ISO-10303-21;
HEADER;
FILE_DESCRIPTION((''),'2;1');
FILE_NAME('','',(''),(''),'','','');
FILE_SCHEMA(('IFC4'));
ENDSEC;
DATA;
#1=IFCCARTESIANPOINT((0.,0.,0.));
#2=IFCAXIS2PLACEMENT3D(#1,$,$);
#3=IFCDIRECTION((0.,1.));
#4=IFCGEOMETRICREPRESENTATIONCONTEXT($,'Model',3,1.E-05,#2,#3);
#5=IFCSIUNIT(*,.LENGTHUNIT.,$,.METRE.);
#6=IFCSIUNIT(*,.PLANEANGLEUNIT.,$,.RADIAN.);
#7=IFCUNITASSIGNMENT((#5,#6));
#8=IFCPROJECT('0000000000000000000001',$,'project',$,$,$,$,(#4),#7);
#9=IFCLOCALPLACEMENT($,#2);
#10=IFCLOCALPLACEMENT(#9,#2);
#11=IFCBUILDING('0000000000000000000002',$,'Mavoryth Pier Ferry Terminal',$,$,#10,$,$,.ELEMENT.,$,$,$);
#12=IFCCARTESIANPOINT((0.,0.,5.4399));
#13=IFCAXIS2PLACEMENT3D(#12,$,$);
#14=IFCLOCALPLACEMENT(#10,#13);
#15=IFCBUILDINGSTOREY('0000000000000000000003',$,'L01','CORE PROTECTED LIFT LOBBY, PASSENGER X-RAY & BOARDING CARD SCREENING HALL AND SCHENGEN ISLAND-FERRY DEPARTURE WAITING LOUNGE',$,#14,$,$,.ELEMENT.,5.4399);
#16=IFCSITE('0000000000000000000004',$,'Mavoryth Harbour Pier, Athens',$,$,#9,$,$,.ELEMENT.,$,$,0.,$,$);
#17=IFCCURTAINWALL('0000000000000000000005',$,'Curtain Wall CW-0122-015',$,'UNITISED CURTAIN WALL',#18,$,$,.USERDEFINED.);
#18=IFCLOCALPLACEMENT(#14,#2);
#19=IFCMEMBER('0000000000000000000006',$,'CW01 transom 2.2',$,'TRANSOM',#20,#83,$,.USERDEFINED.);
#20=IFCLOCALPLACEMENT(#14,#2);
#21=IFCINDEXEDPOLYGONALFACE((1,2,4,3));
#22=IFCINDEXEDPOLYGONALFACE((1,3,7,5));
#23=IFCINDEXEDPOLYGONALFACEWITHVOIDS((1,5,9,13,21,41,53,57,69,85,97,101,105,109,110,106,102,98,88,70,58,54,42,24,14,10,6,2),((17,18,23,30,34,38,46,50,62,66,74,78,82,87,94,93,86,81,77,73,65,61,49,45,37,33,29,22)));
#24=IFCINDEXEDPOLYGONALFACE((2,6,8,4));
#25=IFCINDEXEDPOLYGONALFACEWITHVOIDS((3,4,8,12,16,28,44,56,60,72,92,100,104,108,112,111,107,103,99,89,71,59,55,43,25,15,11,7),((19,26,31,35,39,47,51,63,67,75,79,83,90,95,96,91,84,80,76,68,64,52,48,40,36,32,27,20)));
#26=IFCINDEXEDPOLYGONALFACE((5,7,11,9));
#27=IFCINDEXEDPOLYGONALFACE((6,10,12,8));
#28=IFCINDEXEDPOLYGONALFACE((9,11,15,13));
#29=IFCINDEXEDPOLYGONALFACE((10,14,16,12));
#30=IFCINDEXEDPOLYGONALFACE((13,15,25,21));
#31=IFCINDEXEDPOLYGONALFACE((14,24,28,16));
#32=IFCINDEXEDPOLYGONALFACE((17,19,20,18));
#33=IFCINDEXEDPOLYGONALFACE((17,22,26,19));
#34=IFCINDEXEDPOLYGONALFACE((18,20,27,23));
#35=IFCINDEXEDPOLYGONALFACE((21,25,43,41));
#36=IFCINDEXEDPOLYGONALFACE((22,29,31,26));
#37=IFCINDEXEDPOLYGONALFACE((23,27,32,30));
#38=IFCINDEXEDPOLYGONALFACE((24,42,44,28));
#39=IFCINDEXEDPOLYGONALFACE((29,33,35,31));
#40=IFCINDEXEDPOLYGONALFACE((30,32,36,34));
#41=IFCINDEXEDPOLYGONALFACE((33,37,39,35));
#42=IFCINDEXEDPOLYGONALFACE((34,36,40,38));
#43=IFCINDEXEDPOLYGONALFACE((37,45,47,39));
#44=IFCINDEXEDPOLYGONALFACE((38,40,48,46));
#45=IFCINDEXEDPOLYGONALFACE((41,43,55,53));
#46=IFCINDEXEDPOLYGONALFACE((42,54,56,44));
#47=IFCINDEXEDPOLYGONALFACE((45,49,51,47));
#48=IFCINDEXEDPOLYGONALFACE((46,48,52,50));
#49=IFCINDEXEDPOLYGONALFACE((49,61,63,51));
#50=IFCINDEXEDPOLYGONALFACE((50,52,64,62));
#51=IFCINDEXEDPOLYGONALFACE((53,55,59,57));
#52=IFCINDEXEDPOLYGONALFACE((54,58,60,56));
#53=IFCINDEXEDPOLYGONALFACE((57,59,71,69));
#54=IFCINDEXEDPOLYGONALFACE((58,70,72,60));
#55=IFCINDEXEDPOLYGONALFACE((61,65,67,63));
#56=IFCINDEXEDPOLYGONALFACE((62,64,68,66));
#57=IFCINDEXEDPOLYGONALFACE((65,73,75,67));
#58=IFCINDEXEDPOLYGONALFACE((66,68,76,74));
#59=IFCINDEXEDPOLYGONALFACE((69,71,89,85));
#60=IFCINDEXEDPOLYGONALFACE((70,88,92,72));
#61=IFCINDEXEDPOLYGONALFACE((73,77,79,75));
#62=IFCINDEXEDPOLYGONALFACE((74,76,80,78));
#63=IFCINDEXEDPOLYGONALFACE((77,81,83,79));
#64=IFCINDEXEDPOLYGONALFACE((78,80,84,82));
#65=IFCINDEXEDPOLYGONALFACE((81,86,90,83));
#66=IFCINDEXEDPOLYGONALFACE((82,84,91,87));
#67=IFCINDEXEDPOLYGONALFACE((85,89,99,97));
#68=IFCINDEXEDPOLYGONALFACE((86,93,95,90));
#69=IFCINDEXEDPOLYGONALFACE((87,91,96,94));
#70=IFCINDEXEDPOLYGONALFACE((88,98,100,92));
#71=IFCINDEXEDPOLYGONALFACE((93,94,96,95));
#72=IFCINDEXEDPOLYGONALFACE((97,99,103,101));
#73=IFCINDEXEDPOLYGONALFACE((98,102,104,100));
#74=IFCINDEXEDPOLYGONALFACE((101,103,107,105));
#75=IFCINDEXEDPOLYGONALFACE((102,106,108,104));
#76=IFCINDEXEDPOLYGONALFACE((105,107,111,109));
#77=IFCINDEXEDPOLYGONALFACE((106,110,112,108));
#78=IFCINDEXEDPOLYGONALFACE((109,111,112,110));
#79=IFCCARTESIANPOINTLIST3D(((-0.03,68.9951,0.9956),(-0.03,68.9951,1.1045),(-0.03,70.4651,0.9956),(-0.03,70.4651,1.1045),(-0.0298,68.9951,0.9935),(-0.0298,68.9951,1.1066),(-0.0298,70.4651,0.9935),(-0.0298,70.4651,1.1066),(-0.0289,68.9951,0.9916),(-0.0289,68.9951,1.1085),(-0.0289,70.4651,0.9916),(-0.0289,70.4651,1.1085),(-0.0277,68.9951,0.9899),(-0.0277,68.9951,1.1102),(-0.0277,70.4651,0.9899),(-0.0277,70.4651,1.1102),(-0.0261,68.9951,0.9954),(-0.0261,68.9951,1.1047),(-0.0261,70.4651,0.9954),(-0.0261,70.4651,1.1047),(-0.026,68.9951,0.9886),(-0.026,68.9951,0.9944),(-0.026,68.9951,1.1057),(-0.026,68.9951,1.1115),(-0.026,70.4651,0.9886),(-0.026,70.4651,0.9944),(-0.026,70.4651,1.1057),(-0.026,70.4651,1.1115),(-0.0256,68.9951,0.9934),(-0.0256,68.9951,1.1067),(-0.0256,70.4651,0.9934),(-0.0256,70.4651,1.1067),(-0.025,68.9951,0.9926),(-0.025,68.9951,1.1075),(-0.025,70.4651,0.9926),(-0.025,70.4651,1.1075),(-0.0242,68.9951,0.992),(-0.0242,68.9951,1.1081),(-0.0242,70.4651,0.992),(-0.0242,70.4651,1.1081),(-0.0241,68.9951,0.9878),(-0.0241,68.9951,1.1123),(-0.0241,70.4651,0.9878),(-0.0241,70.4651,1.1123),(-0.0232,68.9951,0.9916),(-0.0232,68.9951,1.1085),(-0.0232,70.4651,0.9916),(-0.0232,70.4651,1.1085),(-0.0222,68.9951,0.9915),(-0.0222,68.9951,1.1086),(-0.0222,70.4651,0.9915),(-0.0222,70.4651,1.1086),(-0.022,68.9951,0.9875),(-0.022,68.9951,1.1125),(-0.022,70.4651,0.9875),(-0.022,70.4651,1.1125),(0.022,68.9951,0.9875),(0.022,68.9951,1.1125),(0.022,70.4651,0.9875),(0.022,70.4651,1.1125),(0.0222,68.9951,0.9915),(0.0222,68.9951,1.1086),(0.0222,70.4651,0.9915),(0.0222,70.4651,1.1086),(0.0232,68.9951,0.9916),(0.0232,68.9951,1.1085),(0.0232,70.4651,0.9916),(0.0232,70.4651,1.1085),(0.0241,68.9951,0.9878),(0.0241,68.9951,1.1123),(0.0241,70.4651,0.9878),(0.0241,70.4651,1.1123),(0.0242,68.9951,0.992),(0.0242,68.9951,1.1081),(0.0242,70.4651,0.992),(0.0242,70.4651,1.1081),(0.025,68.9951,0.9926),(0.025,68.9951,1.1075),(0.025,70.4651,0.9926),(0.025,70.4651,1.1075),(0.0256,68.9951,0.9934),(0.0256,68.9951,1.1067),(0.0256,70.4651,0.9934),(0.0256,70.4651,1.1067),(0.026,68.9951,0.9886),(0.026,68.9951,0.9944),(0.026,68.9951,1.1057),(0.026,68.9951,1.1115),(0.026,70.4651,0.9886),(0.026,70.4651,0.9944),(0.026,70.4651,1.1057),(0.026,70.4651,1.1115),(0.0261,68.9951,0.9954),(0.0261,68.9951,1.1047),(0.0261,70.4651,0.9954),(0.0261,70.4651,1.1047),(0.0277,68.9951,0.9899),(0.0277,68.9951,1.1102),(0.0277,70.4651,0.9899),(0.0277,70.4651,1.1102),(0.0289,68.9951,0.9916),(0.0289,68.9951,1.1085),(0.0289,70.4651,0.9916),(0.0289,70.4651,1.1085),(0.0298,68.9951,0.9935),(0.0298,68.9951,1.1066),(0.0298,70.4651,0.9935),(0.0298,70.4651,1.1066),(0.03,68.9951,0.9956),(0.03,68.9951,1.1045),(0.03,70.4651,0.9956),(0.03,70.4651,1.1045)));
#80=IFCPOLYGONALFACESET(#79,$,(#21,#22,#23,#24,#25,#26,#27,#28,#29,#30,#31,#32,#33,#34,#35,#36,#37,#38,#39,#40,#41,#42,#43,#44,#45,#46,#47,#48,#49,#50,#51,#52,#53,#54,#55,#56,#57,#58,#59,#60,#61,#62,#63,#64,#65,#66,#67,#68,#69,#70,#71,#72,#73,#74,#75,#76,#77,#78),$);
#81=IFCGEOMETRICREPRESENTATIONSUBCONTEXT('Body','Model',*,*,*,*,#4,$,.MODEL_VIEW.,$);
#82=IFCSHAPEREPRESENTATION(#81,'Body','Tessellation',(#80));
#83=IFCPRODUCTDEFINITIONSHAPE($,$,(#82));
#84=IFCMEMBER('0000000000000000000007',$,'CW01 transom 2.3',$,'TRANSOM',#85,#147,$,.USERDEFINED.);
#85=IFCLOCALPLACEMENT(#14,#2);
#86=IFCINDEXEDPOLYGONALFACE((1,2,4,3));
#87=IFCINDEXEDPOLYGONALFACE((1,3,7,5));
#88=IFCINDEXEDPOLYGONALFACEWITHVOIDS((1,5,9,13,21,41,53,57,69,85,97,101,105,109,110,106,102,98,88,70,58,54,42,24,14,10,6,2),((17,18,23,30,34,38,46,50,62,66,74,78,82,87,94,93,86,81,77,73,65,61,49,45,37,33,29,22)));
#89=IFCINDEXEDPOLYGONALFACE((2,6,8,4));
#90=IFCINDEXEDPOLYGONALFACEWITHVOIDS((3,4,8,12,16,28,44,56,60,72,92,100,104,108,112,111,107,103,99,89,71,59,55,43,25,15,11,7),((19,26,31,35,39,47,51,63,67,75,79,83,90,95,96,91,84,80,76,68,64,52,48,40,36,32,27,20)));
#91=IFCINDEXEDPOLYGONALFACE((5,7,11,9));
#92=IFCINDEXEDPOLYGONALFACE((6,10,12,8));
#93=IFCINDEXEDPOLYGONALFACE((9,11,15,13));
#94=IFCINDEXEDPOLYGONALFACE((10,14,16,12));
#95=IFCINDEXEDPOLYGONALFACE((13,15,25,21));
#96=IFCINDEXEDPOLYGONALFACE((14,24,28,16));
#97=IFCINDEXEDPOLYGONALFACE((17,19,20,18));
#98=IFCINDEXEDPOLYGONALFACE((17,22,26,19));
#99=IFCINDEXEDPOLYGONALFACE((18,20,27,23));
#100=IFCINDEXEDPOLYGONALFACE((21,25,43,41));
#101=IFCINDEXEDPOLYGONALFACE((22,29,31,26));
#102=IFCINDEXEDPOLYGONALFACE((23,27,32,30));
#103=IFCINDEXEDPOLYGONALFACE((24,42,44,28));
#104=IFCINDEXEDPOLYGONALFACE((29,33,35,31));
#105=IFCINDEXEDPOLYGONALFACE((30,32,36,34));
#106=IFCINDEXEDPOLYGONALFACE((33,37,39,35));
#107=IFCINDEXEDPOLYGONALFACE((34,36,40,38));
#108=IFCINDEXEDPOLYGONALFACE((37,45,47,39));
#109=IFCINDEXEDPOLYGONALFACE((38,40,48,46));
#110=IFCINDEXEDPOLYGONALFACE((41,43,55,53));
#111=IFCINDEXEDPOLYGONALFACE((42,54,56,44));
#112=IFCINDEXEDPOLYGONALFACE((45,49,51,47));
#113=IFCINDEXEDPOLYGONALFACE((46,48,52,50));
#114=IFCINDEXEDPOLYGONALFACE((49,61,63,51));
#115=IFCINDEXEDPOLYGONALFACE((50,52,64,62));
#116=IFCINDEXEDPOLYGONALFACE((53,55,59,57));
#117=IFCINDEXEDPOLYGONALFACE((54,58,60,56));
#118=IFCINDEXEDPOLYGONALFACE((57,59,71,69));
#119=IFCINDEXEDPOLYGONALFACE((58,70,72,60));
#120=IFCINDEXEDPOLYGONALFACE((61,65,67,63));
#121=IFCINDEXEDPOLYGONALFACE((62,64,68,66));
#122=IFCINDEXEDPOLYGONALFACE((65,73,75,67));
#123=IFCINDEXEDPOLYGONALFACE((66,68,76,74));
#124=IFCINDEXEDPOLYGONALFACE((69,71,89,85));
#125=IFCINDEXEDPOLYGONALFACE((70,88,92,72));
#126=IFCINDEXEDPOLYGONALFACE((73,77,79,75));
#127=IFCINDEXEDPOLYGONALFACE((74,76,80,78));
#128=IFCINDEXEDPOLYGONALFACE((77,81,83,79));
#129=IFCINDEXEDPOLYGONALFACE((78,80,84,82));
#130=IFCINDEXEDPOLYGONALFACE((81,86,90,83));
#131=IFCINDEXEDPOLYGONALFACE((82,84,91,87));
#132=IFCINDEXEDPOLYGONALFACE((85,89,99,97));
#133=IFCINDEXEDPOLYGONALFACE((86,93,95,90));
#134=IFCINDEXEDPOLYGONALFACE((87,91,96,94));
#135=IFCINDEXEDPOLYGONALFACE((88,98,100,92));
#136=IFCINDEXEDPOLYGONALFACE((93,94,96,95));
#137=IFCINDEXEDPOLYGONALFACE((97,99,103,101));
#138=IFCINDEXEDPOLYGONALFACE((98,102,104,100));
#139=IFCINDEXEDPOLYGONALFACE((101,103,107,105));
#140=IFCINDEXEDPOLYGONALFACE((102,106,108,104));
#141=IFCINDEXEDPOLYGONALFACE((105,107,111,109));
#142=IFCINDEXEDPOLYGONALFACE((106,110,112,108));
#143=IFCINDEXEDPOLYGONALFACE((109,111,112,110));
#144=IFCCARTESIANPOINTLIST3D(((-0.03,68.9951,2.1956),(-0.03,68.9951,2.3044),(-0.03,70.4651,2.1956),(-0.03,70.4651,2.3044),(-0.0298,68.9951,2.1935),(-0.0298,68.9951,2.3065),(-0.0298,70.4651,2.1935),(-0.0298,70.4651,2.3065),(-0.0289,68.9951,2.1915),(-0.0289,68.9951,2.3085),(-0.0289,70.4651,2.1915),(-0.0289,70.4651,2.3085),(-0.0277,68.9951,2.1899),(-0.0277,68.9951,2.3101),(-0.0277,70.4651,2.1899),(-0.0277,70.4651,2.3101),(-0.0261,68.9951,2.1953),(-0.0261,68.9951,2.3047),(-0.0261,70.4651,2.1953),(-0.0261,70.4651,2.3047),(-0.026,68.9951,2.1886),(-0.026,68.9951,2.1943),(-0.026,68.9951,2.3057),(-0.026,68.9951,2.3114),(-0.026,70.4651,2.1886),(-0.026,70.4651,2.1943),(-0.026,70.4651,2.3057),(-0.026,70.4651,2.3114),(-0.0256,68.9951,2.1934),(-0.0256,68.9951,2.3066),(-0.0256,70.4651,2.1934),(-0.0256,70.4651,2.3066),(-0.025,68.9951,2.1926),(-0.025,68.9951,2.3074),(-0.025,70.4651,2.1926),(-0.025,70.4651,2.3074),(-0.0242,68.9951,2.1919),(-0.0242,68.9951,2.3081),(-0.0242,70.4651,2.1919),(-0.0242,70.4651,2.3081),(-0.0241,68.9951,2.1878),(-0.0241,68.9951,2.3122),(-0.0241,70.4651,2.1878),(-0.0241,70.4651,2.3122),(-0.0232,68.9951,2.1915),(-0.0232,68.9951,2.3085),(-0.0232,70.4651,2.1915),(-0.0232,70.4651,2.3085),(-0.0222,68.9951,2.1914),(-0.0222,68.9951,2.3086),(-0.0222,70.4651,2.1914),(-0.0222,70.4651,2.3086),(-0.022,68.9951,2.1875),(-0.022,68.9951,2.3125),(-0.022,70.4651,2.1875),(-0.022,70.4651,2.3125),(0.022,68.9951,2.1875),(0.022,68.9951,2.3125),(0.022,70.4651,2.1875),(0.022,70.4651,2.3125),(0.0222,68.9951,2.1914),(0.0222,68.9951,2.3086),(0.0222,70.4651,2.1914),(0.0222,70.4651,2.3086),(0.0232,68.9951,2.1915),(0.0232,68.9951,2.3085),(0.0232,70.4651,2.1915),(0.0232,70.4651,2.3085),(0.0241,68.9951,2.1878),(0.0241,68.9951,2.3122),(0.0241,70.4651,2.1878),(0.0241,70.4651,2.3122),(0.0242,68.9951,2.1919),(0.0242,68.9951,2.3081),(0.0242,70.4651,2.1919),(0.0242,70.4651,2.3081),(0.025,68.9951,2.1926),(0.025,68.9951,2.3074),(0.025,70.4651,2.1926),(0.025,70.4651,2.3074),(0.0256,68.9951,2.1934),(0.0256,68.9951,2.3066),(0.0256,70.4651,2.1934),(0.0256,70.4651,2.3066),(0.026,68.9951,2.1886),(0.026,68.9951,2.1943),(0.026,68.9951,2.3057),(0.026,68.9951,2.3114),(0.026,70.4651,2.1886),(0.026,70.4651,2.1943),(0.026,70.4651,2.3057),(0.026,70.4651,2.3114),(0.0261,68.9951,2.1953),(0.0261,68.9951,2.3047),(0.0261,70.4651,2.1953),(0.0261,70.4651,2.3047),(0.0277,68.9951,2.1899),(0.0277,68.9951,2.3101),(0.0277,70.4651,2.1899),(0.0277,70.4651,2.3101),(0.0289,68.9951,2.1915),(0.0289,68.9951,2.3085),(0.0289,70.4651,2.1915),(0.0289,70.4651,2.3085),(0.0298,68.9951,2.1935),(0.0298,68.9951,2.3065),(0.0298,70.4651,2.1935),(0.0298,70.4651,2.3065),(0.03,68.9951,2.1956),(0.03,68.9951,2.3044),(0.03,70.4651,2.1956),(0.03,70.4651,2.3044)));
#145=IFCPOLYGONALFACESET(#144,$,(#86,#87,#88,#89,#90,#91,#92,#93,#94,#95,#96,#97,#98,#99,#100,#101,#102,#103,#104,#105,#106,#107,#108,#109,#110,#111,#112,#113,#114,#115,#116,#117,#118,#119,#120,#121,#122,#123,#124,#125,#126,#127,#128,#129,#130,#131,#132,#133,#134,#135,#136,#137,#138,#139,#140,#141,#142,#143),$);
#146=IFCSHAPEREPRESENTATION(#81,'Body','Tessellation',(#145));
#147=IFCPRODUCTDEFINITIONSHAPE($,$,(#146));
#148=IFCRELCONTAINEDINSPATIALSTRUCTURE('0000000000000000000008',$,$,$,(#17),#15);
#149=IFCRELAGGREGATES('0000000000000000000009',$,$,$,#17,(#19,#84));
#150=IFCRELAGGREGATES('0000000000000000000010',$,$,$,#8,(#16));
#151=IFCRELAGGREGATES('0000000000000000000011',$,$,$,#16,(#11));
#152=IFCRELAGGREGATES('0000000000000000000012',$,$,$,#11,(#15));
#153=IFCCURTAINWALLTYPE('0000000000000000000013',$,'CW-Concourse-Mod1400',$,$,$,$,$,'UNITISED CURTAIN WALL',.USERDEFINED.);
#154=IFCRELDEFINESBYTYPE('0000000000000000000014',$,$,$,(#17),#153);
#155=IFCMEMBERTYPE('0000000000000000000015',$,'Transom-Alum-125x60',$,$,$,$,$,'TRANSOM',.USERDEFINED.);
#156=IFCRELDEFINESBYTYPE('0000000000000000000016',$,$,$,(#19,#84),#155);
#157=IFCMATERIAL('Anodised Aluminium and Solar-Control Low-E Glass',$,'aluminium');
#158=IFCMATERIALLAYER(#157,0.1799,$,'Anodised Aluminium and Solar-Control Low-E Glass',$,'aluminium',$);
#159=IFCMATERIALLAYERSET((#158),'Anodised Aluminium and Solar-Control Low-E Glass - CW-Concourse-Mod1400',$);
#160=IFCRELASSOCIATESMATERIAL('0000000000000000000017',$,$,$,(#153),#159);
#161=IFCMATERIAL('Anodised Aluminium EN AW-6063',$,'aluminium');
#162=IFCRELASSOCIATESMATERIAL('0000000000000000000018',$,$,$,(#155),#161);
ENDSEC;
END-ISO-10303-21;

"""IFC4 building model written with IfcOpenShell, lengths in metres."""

from ifc_helpers import new_model, si_unit, direction, frame, origin, origin_2d, place, context, subcontext, project, spatial, hollow_rectangle, extrude, material, layer, layer_set, material_profile, profile_set, type_object, element, aggregate, save


model = new_model("IFC4")

# Units and contexts
model_context = context("Model", 3, precision=1e-05, world=origin(), true_north=direction((0.0, 1.0)))
body_context = subcontext(model_context, "Body", "Model", "MODEL_VIEW")
ifc_project = project(units=[si_unit("LENGTHUNIT", "METRE"), si_unit("PLANEANGLEUNIT", "RADIAN")], contexts=[model_context])

# Site, building, storey
site_placement = place(None, origin())
site = spatial("IfcSite", under=ifc_project, at=site_placement, Name="Mavoryth Harbour Pier, Athens", CompositionType="ELEMENT", RefElevation=0.0)
building_placement = place(site_placement, origin())
building = spatial("IfcBuilding", under=site, at=building_placement, Name="Mavoryth Pier Ferry Terminal", CompositionType="ELEMENT")
storey_placement = place(building_placement, frame((0.0, 0.0, 5.4399)))
storey = spatial("IfcBuildingStorey", under=building, at=storey_placement, Name="L01", Description="CORE PROTECTED LIFT LOBBY, PASSENGER X-RAY & BOARDING CARD SCREENING HALL AND SCHENGEN ISLAND-FERRY DEPARTURE WAITING LOUNGE", CompositionType="ELEMENT", Elevation=5.4399)

# Curtain wall
ifc_material_1 = material(Name="Anodised Aluminium and Solar-Control Low-E Glass", Category="aluminium")
ifc_layer_1 = layer(ifc_material_1, 0.1799, Name="Anodised Aluminium and Solar-Control Low-E Glass", Category="aluminium")
ifc_layer_set_1 = layer_set([ifc_layer_1], Name="Anodised Aluminium and Solar-Control Low-E Glass - CW-Concourse-Mod1400")
curtain_wall_type = type_object("IfcCurtainWallType", Name="CW-Concourse-Mod1400", ElementType="UNITISED CURTAIN WALL", PredefinedType="USERDEFINED", material=ifc_layer_set_1)
curtain_wall_1_placement = place(storey_placement, origin())
curtain_wall_1 = element("IfcCurtainWall", 1, at=curtain_wall_1_placement, inside=storey, type_object=curtain_wall_type, Name="Curtain Wall CW-0122-015", ObjectType="UNITISED CURTAIN WALL", PredefinedType="USERDEFINED")
ifc_material_2 = material(Name="Anodised Aluminium EN AW-6063", Category="aluminium")

# Members
ifc_material_profile_1 = material_profile(ifc_material_2, hollow_rectangle(XDim=0.0601, YDim=0.125, WallThickness=0.0039, InnerFilletRadius=0.0039, OuterFilletRadius=0.0081, at=origin_2d()), Name="AL-TRAN 125x60x4", Category="aluminium")
ifc_profile_set_1 = profile_set([ifc_material_profile_1], Name="Anodised Aluminium EN AW-6063 - AL-TRAN 125x60x4")
member_type_1 = type_object("IfcMemberType", Name="Transom-Alum-125x60", ElementType="TRANSOM", PredefinedType="USERDEFINED", material=ifc_profile_set_1)
member_1_placement = place(storey_placement, frame((0.0, 70.4651, 1.05), z_axis=(0.0, -1.0, 0.0), x_axis=(1.0, 0.0, 0.0)))
member_1 = element("IfcMember", 2, at=member_1_placement, type_object=member_type_1, Name="CW01 transom 2.2", ObjectType="TRANSOM", PredefinedType="USERDEFINED", context=body_context, shape_type="SweptSolid", body=[
    extrude(hollow_rectangle(XDim=0.0601, YDim=0.125, WallThickness=0.0039, InnerFilletRadius=0.0039, OuterFilletRadius=0.0081, at=origin_2d()), origin(), (0.0, 0.0, 1.0), 1.47),
])
member_2_placement = place(storey_placement, frame((0.0, 70.4651, 2.25), z_axis=(0.0, -1.0, 0.0), x_axis=(1.0, 0.0, 0.0)))
member_2 = element("IfcMember", 3, at=member_2_placement, type_object=member_type_1, Name="CW01 transom 2.3", ObjectType="TRANSOM", PredefinedType="USERDEFINED", context=body_context, shape_type="SweptSolid", body=[
    extrude(hollow_rectangle(XDim=0.0601, YDim=0.125, WallThickness=0.0039, InnerFilletRadius=0.0039, OuterFilletRadius=0.0081, at=origin_2d()), origin(), (0.0, 0.0, 1.0), 1.47),
])

aggregate(curtain_wall_1, [member_1, member_2])

save(model, "model.ifc")
